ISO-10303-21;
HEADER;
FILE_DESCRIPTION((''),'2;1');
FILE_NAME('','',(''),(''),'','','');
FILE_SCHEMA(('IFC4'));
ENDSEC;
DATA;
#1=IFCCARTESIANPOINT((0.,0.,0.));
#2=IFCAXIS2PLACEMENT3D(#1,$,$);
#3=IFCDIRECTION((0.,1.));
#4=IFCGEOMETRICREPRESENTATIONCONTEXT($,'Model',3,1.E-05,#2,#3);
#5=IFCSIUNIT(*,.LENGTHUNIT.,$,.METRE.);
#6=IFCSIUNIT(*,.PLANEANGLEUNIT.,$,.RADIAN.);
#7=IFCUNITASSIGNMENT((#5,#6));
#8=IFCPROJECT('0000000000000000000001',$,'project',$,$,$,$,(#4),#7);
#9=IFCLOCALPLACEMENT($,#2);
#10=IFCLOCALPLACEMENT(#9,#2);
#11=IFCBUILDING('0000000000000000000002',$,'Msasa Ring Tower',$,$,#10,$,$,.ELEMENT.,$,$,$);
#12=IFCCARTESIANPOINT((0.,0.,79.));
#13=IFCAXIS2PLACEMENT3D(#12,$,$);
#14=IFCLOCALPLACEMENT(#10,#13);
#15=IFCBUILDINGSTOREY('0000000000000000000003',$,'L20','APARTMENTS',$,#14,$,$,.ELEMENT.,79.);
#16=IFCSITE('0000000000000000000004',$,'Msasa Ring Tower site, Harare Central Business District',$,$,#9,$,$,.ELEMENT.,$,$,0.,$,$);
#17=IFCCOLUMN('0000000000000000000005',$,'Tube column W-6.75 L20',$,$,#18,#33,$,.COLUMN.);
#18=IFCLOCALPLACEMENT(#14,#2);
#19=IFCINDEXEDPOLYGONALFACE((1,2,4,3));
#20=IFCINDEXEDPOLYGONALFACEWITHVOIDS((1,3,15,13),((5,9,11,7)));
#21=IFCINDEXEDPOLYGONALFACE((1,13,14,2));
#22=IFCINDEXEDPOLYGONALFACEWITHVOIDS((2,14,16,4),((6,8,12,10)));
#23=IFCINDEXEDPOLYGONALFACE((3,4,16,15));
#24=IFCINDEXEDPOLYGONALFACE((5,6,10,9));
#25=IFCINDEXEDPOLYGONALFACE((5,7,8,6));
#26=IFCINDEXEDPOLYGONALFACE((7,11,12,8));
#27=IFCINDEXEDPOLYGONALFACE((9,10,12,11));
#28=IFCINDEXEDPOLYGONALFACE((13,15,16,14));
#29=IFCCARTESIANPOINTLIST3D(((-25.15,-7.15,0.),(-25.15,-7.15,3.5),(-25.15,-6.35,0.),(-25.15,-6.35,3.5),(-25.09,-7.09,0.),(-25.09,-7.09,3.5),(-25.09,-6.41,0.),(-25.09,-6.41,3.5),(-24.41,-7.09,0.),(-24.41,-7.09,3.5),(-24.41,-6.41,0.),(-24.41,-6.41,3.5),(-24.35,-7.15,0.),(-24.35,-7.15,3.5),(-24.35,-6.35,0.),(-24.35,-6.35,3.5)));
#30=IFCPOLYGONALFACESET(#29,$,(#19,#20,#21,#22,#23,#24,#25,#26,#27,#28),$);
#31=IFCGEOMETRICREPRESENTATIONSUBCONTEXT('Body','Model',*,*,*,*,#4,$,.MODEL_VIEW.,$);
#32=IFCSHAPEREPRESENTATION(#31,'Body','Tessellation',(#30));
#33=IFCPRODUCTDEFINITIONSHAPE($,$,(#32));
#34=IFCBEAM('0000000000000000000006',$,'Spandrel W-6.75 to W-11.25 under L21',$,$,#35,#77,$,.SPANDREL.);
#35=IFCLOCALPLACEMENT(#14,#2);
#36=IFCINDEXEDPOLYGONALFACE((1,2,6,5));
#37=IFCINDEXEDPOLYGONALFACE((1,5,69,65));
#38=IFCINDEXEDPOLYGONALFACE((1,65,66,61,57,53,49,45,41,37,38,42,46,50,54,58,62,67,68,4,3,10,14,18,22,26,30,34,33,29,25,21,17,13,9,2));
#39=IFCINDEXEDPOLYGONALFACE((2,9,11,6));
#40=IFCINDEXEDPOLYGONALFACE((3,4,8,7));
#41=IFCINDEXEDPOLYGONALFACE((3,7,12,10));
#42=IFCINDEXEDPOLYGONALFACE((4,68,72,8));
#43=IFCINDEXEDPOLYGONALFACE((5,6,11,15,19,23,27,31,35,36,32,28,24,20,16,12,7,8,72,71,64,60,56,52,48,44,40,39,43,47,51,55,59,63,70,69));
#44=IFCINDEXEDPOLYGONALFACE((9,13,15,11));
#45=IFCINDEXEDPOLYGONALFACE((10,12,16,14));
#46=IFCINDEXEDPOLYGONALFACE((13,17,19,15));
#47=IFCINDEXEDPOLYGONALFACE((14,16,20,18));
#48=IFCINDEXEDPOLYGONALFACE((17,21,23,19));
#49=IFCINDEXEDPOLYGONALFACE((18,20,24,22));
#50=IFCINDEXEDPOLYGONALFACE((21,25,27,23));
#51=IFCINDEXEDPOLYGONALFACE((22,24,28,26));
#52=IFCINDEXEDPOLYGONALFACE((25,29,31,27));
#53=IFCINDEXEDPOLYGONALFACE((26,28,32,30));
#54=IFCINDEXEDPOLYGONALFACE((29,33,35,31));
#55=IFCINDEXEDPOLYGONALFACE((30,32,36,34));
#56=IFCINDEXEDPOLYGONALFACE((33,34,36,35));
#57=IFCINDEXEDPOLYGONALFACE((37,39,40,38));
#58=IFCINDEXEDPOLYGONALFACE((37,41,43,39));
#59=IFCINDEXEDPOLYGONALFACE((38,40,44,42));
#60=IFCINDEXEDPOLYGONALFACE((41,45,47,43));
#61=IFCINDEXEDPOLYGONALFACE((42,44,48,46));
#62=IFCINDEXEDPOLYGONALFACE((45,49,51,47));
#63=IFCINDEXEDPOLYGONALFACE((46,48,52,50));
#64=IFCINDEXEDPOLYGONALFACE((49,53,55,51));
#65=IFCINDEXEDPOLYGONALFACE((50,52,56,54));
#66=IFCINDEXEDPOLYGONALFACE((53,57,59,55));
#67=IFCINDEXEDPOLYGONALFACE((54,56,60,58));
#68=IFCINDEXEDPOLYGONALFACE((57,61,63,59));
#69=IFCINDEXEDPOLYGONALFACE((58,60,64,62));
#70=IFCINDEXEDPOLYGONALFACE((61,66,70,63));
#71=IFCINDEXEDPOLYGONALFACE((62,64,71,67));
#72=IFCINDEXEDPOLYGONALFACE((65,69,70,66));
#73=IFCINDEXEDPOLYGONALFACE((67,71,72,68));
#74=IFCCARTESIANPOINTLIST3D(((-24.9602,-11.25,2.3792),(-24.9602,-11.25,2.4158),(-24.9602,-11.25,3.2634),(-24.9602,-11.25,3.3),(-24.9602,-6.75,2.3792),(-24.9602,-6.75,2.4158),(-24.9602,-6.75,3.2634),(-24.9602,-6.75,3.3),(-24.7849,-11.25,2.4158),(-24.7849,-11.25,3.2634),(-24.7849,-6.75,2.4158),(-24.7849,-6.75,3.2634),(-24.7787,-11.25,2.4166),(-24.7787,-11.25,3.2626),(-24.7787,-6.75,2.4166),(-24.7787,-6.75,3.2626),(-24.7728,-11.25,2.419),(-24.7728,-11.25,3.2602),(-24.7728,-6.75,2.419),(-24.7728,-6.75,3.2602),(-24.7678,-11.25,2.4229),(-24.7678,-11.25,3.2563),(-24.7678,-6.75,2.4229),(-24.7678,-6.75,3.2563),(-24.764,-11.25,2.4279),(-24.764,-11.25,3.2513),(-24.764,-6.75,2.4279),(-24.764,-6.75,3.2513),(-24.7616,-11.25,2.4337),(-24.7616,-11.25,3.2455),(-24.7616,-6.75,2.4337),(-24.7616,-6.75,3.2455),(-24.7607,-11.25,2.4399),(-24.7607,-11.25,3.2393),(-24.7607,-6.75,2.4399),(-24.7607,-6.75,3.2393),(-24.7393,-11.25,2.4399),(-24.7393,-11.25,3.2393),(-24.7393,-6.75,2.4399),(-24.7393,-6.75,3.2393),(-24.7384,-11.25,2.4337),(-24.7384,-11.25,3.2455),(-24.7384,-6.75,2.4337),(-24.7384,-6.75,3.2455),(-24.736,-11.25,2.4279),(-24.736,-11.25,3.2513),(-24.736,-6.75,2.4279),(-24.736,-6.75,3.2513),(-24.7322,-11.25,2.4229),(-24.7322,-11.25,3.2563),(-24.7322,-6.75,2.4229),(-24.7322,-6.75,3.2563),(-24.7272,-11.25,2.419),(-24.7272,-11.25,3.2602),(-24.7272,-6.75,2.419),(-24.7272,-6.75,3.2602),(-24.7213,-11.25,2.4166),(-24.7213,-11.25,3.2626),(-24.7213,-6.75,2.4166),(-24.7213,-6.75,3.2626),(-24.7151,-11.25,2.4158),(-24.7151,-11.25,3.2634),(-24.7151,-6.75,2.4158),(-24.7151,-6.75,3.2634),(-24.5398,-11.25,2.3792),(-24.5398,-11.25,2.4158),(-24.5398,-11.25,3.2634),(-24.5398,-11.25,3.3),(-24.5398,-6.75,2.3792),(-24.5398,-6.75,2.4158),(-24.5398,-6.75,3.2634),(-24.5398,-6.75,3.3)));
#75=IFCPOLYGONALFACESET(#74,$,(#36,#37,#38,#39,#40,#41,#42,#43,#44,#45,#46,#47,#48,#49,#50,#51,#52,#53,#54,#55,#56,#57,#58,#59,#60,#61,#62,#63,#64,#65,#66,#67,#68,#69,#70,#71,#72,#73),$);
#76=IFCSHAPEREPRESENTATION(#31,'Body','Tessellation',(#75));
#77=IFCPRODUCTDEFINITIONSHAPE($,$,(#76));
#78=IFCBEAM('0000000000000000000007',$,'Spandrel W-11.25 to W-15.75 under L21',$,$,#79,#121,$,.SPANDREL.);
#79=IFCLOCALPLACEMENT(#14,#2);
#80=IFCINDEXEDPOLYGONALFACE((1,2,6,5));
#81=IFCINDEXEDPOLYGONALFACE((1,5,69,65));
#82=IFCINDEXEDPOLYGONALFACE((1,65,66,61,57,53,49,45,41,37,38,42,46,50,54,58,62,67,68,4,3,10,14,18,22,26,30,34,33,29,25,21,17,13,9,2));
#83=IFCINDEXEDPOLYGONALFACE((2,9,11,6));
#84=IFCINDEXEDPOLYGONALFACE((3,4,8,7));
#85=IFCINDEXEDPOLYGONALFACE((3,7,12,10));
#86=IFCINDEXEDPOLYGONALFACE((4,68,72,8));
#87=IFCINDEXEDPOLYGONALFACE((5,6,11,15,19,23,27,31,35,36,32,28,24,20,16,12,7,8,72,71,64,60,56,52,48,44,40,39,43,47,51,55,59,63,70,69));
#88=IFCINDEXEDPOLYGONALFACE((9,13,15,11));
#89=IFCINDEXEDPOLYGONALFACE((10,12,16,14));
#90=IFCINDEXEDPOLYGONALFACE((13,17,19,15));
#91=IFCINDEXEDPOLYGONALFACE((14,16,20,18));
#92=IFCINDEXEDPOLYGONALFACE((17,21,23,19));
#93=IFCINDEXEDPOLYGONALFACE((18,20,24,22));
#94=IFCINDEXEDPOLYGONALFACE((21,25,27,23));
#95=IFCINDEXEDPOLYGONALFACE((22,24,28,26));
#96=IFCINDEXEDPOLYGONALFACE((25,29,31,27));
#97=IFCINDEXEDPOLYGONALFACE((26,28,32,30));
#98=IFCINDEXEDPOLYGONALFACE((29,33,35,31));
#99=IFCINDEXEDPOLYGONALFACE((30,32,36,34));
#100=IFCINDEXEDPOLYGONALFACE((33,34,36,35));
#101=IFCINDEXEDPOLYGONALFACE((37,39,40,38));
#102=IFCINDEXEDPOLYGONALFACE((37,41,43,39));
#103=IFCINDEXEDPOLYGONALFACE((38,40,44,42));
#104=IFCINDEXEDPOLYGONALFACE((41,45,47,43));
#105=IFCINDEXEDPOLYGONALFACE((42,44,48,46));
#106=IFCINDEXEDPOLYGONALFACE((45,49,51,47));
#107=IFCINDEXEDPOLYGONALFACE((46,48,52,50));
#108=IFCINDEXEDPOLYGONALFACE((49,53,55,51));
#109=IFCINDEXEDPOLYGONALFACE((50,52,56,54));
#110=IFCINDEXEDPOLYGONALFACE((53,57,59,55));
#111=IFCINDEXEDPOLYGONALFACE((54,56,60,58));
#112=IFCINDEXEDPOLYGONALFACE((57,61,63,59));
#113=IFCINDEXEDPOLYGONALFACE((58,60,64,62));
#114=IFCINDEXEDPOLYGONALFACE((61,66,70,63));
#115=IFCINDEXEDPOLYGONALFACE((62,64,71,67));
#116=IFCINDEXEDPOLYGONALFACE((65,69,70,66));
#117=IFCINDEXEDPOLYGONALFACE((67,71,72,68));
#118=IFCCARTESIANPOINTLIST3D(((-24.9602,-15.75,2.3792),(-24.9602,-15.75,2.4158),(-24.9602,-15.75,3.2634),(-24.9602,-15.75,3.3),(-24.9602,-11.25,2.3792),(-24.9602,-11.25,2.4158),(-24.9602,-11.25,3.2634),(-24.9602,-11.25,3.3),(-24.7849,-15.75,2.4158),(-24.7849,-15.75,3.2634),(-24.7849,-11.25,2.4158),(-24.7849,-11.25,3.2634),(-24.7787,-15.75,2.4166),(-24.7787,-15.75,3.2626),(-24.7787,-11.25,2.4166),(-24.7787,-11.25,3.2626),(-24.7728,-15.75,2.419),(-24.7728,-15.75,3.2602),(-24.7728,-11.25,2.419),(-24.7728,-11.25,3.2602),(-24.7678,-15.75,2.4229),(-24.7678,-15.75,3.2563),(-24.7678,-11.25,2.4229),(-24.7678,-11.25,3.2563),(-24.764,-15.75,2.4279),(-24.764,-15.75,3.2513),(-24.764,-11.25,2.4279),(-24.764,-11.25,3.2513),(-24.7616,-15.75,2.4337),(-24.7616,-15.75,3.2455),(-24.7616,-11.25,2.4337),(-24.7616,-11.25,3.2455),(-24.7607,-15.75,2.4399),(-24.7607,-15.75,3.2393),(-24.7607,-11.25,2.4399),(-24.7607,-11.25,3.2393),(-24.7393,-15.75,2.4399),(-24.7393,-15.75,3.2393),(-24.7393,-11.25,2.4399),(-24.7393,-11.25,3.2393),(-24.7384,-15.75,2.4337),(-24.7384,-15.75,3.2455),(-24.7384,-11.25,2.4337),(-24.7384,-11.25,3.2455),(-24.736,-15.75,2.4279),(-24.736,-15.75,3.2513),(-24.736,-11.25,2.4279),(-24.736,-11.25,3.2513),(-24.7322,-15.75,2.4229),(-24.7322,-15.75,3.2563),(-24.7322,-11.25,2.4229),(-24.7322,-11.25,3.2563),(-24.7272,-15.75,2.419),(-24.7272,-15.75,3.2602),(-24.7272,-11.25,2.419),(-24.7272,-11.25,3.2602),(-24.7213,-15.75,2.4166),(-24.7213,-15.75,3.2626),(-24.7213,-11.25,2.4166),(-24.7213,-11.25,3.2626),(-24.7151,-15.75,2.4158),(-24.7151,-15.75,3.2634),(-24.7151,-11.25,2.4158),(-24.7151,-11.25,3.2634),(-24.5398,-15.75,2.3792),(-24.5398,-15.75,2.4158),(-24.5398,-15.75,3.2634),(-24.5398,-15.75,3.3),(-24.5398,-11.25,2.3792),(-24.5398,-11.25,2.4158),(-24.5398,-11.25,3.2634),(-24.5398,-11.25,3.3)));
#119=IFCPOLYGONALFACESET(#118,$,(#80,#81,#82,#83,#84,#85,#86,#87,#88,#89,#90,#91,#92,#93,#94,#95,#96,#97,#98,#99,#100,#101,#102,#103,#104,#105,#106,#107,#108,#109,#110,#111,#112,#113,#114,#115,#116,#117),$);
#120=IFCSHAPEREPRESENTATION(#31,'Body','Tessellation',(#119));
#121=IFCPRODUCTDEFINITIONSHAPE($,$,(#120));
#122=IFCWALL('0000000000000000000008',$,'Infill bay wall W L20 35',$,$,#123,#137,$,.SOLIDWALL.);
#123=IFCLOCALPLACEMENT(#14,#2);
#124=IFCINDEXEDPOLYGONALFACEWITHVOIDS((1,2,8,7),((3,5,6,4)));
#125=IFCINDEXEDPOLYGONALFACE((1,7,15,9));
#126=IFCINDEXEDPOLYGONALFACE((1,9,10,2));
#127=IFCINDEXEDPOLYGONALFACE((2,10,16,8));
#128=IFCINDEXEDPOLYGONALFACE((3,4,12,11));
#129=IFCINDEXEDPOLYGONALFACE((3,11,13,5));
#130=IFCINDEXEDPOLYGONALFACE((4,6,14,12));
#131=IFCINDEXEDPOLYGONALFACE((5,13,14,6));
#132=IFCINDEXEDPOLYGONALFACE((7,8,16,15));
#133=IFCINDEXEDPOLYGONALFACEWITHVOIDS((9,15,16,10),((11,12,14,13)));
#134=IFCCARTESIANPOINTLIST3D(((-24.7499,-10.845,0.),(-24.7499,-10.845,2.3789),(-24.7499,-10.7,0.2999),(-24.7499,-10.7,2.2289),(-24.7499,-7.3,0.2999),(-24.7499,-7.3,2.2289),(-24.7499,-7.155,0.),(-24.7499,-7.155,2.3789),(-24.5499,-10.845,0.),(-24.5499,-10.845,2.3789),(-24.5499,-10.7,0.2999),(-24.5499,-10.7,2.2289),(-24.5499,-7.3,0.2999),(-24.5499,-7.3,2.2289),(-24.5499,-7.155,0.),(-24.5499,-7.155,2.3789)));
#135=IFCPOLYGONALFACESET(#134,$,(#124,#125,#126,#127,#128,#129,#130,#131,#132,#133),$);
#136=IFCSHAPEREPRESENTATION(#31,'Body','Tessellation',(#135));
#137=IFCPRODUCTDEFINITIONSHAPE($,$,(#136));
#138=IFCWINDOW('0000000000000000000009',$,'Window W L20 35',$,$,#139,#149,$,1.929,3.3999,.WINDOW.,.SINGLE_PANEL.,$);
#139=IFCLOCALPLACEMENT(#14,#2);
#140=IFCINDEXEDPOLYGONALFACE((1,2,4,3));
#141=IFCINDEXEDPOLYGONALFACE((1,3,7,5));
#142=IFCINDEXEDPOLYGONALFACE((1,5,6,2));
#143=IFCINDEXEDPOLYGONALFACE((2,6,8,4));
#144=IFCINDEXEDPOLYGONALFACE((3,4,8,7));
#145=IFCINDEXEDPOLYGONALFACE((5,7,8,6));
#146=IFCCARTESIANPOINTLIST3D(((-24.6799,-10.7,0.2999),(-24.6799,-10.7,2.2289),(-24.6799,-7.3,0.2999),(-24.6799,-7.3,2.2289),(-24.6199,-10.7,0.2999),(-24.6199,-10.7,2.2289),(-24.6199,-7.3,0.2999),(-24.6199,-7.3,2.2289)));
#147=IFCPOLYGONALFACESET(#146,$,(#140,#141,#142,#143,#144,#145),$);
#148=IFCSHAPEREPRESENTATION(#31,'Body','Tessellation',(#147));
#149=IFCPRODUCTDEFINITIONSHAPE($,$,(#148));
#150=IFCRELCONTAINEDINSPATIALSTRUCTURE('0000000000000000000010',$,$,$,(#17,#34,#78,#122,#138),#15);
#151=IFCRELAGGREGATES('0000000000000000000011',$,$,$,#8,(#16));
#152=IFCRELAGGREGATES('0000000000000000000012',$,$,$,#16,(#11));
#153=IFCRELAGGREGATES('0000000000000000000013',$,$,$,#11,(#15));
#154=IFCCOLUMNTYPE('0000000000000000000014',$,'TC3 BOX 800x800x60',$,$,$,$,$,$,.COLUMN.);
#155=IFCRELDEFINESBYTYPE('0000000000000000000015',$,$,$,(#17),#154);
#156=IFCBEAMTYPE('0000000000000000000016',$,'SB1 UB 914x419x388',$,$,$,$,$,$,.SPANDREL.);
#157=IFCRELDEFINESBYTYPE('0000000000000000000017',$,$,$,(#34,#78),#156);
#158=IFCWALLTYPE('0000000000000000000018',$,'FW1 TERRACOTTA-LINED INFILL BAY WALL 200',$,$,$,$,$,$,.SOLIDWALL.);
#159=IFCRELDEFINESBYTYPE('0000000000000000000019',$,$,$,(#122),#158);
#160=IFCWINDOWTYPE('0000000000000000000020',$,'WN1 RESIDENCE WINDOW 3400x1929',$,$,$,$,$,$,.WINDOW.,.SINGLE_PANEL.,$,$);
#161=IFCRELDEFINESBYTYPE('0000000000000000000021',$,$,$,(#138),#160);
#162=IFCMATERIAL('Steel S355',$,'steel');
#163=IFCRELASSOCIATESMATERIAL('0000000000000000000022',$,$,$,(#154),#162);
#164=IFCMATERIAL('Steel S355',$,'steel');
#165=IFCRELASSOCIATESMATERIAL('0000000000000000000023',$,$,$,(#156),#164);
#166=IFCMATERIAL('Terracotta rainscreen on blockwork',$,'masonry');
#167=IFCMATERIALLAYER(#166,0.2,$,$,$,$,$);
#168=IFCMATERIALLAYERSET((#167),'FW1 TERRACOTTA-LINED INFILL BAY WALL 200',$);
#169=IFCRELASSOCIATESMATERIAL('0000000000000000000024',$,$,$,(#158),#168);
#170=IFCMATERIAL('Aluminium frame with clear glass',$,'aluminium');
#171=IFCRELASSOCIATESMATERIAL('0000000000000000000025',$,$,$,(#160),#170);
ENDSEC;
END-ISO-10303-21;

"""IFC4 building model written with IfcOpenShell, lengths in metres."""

from ifc_helpers import new_model, si_unit, direction, frame, frame_2d, origin, origin_2d, place, context, subcontext, project, spatial, rectangle, hollow_rectangle, i_section, extrude, material, layer, layer_set, material_profile, profile_set, type_object, element, fill, save


model = new_model("IFC4")

# Units and contexts
model_context = context("Model", 3, precision=1e-05, world=origin(), true_north=direction((0.0, 1.0)))
body_context = subcontext(model_context, "Body", "Model", "MODEL_VIEW")
ifc_project = project(units=[si_unit("LENGTHUNIT", "METRE"), si_unit("PLANEANGLEUNIT", "RADIAN")], contexts=[model_context])

# Site, building, storey
site_placement = place(None, origin())
site = spatial("IfcSite", under=ifc_project, at=site_placement, Name="Msasa Ring Tower site, Harare Central Business District", CompositionType="ELEMENT", RefElevation=0.0)
building_placement = place(site_placement, origin())
building = spatial("IfcBuilding", under=site, at=building_placement, Name="Msasa Ring Tower", CompositionType="ELEMENT")
storey_placement = place(building_placement, frame((0.0, 0.0, 79.0)))
storey = spatial("IfcBuildingStorey", under=building, at=storey_placement, Name="L20", Description="APARTMENTS", CompositionType="ELEMENT", Elevation=79.0)

# Column
ifc_material_1 = material(Name="Steel S355", Category="steel")
ifc_material_profile_1 = material_profile(ifc_material_1, hollow_rectangle(XDim=0.8, YDim=0.8, WallThickness=0.0601, at=origin_2d()), Name="BOX 800x800x60")
ifc_profile_set_1 = profile_set([ifc_material_profile_1], Name="Steel S355")
column_type = type_object("IfcColumnType", Name="TC3 BOX 800x800x60", PredefinedType="COLUMN", material=ifc_profile_set_1)
column_placement = place(storey_placement, frame((-24.75, -6.75, 0.0), z_axis=(0.0, 0.0, 1.0), x_axis=(1.0, 0.0, 0.0)))
element("IfcColumn", 1, at=column_placement, inside=storey, type_object=column_type, Name="Tube column W-6.75 L20", PredefinedType="COLUMN", context=body_context, shape_type="SweptSolid", body=[
    extrude(hollow_rectangle(XDim=0.8, YDim=0.8, WallThickness=0.0601, at=origin_2d()), origin(), (0.0, 0.0, 1.0), 3.5),
])

# Beams
ifc_material_2 = material(Name="Steel S355", Category="steel")
ifc_material_profile_2 = material_profile(ifc_material_2, i_section(OverallWidth=0.4204, OverallDepth=0.9209, WebThickness=0.0215, FlangeThickness=0.0366, FilletRadius=0.0242, at=origin_2d()), Name="UB 914x419x388")
ifc_profile_set_2 = profile_set([ifc_material_profile_2], Name="Steel S355")
beam_type = type_object("IfcBeamType", Name="SB1 UB 914x419x388", PredefinedType="SPANDREL", material=ifc_profile_set_2)
for number, where, z_axis, x_axis, name in (
    (2, (-24.75, -6.75, 2.8396), (0.0, -1.0, 0.0), (1.0, 0.0, 0.0), "Spandrel W-6.75 to W-11.25 under L21"),
    (3, (-24.75, -11.25, 2.8396), (0.0, -1.0, 0.0), (1.0, 0.0, 0.0), "Spandrel W-11.25 to W-15.75 under L21"),
):
    element("IfcBeam", number, at=place(storey_placement, frame(where, z_axis=z_axis, x_axis=x_axis)), inside=storey, type_object=beam_type, Name=name, PredefinedType="SPANDREL", context=body_context, shape_type="SweptSolid", body=[
        extrude(i_section(OverallWidth=0.4204, OverallDepth=0.9209, WebThickness=0.0215, FlangeThickness=0.0366, FilletRadius=0.0242, at=origin_2d()), origin(), (0.0, 0.0, 1.0), 4.5),
    ])

# Wall, opening, window
ifc_material_3 = material(Name="Terracotta rainscreen on blockwork", Category="masonry")
ifc_layer_1 = layer(ifc_material_3, 0.2)
ifc_layer_set_1 = layer_set([ifc_layer_1], Name="FW1 TERRACOTTA-LINED INFILL BAY WALL 200")
wall_type_1 = type_object("IfcWallType", Name="FW1 TERRACOTTA-LINED INFILL BAY WALL 200", PredefinedType="SOLIDWALL", material=ifc_layer_set_1)
wall_1_placement = place(storey_placement, frame((-24.6499, -10.845, 0.0), z_axis=(0.0, 0.0, 1.0), x_axis=(0.0, 1.0, 0.0)))
wall_1 = element("IfcWall", 4, at=wall_1_placement, inside=storey, type_object=wall_type_1, Name="Infill bay wall W L20 35", PredefinedType="SOLIDWALL", context=body_context, shape_type="SweptSolid", body=[
    extrude(rectangle(XDim=3.6899, YDim=0.2, at=frame_2d((1.845, 0.0))), origin(), (0.0, 0.0, 1.0), 2.3789),
])
opening_1_placement = place(wall_1_placement, frame((0.145, 0.0, 0.3)))
opening_1 = element("IfcOpeningElement", 5, at=opening_1_placement, cuts=wall_1, PredefinedType="OPENING", context=body_context, shape_type="SweptSolid", body=[
    extrude(rectangle(XDim=3.3999, YDim=1.929, at=frame_2d((1.7, 0.9644))), frame((0.0, 0.1099, 0.0), z_axis=(0.0, -1.0, 0.0), x_axis=(1.0, 0.0, 0.0)), (0.0, 0.0, 1.0), 0.22),
])
ifc_material_4 = material(Name="Aluminium frame with clear glass", Category="aluminium")
window_type = type_object("IfcWindowType", Name="WN1 RESIDENCE WINDOW 3400x1929", PartitioningType="SINGLE_PANEL", PredefinedType="WINDOW", material=ifc_material_4)
window_placement = place(opening_1_placement, origin())
window = element("IfcWindow", 6, at=window_placement, inside=storey, type_object=window_type, Name="Window W L20 35", OverallHeight=1.929, OverallWidth=3.3999, PartitioningType="SINGLE_PANEL", PredefinedType="WINDOW", context=body_context, shape_type="SweptSolid", body=[
    extrude(rectangle(XDim=3.3999, YDim=1.929, at=frame_2d((1.7, 0.9644))), frame((0.0, 0.03, 0.0), z_axis=(0.0, -1.0, 0.0), x_axis=(1.0, 0.0, 0.0)), (0.0, 0.0, 1.0), 0.0601),
])
fill(opening_1, window)

save(model, "model.ifc")
